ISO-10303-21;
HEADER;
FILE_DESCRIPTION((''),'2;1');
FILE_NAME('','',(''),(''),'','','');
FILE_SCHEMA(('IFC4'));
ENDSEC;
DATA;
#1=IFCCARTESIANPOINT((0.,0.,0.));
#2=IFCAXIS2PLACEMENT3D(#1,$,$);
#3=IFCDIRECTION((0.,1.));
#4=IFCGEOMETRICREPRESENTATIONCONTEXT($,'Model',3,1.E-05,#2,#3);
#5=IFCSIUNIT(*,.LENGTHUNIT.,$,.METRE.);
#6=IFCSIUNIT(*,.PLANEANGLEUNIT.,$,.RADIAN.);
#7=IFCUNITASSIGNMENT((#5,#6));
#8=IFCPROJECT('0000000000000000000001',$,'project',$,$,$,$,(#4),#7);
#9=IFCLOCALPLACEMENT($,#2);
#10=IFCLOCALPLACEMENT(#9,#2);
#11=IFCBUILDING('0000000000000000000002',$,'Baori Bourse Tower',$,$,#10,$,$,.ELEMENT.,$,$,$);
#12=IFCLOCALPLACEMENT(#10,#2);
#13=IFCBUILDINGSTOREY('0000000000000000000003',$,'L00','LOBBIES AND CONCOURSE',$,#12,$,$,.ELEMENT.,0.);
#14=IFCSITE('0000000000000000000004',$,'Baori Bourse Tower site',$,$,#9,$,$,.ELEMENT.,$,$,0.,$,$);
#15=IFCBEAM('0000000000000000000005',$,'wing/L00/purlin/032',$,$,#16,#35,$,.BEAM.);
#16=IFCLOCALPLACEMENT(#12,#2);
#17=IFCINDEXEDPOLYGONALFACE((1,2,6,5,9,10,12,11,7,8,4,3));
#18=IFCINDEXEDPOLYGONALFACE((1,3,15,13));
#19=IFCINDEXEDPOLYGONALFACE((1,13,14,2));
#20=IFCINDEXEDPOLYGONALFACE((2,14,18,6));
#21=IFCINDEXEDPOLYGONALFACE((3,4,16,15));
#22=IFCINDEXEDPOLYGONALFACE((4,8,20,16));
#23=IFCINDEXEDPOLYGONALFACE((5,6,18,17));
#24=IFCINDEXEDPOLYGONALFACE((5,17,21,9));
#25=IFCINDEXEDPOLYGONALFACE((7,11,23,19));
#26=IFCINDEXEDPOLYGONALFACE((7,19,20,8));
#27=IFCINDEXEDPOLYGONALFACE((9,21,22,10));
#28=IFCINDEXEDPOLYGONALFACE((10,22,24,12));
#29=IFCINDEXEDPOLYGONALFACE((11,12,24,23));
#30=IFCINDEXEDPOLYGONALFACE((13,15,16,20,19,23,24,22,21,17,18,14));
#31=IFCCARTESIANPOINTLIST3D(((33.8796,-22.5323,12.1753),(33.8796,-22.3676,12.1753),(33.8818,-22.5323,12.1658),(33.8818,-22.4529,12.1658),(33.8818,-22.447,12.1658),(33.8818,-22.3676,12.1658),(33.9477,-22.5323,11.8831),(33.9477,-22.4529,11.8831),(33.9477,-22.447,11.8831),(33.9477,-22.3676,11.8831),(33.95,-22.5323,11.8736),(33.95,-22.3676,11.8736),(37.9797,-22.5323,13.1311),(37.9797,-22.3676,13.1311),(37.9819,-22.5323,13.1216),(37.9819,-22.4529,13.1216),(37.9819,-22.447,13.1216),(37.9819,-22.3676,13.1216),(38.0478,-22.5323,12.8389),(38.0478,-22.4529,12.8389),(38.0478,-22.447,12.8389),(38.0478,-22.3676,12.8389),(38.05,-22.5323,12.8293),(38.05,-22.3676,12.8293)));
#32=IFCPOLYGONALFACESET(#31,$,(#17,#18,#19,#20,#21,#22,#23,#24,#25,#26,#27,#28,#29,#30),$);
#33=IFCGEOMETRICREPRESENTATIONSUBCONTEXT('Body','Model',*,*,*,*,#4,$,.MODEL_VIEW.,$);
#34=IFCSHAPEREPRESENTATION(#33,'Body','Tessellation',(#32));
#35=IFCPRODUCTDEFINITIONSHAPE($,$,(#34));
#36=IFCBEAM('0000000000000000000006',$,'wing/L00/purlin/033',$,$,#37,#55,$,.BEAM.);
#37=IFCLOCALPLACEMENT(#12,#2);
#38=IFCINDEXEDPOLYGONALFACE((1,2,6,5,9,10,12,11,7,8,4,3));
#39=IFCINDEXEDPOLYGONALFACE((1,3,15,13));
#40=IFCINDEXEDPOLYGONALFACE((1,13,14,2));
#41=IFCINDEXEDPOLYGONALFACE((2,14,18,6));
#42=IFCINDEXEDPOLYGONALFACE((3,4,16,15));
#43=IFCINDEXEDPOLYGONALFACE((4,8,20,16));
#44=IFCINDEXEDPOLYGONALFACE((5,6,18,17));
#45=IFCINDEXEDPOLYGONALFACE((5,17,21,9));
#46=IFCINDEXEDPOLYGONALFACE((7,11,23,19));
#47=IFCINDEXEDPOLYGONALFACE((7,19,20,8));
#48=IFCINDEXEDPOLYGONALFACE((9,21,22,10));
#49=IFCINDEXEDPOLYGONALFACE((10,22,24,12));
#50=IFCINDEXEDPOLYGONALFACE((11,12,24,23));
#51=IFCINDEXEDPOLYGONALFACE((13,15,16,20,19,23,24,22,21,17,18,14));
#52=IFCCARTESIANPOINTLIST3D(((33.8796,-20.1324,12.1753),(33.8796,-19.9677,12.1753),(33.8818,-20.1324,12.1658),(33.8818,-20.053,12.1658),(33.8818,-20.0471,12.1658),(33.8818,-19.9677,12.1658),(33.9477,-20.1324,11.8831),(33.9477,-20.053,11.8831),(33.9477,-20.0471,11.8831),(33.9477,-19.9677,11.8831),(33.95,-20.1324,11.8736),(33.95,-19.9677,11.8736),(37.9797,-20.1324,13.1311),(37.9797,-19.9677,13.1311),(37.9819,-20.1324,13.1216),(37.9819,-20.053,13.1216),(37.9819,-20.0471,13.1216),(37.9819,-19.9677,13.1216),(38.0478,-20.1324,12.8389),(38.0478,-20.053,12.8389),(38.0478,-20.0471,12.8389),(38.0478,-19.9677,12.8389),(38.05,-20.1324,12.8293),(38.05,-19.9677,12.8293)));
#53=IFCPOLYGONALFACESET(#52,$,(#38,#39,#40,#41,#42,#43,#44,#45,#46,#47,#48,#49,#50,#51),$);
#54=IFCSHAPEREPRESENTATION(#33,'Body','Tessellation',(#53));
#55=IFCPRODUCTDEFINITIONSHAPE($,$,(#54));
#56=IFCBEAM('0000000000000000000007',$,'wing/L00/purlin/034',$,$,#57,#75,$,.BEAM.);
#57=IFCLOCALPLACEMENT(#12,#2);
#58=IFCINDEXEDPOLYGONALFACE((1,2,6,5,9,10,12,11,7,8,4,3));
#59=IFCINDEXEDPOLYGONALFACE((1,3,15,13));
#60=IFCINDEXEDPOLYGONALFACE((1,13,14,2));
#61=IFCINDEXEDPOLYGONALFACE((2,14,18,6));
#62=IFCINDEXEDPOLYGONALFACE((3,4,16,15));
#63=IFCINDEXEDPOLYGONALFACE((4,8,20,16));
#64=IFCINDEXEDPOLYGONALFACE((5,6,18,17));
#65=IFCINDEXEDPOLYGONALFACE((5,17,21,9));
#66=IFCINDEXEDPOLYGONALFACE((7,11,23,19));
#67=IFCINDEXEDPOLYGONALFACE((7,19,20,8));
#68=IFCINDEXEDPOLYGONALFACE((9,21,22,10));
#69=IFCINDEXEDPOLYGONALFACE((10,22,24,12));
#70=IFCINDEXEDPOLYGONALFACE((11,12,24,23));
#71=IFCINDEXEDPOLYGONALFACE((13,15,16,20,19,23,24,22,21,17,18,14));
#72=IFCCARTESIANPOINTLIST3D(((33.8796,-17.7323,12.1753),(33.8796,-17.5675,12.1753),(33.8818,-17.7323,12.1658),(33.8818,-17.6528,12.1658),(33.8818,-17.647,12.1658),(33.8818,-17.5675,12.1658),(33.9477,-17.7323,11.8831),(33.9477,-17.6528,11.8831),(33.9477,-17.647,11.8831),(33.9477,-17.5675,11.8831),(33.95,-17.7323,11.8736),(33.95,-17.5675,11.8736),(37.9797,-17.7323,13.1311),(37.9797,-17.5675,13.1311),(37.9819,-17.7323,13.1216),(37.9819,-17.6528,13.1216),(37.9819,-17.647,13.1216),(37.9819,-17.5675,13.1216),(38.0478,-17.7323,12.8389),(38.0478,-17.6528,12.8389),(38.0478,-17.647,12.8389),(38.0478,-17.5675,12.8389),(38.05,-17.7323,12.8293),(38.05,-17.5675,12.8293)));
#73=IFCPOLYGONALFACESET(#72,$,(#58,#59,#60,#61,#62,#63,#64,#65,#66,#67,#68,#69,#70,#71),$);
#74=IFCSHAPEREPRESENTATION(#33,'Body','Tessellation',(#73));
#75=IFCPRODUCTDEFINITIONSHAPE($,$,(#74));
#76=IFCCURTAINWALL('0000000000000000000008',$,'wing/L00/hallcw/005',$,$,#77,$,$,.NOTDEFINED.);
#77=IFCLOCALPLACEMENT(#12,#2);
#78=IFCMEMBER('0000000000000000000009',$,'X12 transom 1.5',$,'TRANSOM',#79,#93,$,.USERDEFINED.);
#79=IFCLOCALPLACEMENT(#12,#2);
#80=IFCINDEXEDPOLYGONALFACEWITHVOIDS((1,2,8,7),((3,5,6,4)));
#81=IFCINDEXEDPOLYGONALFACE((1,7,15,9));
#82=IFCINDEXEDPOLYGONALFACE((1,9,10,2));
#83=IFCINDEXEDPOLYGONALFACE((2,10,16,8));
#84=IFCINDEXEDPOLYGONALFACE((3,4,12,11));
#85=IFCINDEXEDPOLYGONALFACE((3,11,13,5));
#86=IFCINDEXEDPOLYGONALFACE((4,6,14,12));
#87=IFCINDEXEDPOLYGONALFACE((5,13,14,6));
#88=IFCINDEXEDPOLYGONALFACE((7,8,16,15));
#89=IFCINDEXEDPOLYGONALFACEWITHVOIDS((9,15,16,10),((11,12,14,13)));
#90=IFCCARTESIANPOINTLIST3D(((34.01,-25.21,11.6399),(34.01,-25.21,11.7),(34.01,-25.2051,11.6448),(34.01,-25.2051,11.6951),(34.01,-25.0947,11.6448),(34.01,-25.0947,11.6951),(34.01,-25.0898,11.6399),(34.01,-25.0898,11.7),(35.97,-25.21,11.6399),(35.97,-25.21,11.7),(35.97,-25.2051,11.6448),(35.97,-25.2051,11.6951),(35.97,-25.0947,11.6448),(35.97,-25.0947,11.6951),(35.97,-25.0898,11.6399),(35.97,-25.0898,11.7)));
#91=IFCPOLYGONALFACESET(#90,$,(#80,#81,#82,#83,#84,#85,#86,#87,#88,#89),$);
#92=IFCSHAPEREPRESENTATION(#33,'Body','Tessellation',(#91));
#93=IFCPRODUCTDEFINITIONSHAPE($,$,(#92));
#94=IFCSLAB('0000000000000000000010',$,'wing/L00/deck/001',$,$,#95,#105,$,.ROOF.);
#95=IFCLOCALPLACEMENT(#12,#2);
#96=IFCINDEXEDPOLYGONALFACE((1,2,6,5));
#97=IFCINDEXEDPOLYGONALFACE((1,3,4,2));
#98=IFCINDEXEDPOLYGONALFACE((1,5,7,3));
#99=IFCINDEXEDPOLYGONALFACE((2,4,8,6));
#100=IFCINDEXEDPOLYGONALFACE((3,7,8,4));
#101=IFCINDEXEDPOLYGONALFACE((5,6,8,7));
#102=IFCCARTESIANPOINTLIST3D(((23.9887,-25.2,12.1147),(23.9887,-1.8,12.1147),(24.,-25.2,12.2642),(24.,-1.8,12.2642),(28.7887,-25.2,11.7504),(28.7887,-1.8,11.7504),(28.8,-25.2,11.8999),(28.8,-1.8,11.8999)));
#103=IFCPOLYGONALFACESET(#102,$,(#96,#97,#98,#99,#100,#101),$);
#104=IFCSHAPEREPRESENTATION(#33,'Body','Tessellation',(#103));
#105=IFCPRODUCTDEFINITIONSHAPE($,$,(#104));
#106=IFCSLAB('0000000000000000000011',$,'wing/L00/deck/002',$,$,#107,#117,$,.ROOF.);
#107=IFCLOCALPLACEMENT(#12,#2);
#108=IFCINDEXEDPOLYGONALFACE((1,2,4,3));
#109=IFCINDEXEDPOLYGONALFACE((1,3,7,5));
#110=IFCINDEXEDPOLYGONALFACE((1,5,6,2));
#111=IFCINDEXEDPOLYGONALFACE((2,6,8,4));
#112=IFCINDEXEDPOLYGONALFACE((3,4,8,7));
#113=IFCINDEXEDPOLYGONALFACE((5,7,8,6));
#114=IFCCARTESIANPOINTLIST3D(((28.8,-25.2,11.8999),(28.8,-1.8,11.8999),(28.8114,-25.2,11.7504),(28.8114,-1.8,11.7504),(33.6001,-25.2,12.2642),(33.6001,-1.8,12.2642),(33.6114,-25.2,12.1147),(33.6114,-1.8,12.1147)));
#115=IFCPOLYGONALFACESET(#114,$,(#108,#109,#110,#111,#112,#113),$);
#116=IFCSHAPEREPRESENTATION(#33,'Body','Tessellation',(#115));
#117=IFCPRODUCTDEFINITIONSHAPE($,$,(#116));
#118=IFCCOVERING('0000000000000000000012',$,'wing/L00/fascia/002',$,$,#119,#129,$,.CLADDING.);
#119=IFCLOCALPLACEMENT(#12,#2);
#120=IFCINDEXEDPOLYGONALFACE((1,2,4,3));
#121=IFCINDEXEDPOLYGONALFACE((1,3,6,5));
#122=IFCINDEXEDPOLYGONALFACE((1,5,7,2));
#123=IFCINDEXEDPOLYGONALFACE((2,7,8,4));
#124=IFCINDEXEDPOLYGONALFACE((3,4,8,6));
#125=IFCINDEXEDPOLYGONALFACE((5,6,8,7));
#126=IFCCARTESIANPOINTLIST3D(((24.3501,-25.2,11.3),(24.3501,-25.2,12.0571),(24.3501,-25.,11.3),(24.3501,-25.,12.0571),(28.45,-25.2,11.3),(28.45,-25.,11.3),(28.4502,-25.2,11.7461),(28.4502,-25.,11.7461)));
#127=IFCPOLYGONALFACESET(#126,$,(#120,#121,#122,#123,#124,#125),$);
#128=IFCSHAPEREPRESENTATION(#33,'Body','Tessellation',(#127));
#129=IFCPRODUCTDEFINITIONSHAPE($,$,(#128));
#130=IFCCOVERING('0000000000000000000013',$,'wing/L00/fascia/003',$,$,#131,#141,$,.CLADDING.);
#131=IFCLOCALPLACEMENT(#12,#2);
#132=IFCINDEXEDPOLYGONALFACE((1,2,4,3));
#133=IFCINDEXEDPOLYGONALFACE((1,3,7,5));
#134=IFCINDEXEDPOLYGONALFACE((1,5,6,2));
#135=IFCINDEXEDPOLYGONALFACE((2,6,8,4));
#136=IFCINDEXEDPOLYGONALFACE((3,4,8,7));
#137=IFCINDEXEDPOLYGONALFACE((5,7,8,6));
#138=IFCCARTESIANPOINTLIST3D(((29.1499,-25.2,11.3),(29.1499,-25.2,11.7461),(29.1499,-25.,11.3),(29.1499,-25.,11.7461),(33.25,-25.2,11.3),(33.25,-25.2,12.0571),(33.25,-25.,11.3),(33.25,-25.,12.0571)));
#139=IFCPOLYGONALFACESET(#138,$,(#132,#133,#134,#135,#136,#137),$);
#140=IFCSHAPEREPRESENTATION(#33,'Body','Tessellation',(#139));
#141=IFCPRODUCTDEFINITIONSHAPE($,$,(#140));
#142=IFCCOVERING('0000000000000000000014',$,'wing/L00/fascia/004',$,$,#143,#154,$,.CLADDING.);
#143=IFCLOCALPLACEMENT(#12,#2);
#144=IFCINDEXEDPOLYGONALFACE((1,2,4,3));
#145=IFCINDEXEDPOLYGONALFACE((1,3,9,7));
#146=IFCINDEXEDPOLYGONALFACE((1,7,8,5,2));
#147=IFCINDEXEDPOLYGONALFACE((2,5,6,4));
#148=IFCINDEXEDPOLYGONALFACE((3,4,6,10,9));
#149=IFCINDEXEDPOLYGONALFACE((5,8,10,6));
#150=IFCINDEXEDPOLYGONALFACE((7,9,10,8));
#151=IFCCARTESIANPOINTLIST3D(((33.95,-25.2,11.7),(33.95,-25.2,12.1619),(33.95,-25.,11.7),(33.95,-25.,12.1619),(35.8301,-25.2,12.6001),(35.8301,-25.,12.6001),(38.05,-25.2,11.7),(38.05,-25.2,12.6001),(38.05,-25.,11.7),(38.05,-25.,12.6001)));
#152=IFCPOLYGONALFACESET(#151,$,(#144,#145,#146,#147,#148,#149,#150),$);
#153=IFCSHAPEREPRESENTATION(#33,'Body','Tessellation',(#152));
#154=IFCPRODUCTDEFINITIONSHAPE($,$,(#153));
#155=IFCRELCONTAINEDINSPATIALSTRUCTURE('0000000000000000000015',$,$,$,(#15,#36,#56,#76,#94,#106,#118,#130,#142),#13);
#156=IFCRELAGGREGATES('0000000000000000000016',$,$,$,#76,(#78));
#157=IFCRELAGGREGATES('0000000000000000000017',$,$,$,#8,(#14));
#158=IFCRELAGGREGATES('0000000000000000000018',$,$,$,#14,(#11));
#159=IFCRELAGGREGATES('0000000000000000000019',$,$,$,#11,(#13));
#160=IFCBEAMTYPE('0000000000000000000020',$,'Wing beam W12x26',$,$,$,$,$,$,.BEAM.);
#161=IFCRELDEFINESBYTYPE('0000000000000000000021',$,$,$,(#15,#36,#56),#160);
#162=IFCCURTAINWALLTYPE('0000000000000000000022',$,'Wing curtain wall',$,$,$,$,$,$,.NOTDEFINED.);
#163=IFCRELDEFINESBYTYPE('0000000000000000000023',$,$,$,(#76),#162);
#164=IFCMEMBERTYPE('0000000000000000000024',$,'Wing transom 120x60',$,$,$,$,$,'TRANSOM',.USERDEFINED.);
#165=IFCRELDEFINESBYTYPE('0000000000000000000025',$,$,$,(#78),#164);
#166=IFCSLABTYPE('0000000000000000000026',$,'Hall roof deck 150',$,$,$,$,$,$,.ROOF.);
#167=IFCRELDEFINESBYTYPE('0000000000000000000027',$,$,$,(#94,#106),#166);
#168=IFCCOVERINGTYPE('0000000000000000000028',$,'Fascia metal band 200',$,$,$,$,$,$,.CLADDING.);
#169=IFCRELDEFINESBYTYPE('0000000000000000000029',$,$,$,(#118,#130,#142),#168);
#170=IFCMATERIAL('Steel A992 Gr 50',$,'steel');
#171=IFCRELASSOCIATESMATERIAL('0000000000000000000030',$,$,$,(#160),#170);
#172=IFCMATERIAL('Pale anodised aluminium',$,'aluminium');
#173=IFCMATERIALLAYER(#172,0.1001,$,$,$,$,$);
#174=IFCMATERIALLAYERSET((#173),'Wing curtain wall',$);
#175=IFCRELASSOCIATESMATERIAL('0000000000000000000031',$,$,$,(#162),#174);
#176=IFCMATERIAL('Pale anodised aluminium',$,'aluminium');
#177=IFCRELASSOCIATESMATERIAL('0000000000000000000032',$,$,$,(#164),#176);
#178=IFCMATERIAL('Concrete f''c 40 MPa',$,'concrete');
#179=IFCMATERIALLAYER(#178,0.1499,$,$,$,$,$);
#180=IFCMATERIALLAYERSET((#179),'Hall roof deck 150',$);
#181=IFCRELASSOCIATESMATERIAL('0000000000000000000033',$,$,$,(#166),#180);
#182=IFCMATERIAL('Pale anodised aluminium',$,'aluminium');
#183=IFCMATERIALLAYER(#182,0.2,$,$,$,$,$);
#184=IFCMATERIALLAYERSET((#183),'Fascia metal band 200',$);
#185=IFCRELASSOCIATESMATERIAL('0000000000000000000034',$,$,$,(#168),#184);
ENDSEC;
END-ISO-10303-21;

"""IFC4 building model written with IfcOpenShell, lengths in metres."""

from ifc_helpers import new_model, si_unit, direction, frame, origin, origin_2d, place, context, subcontext, project, spatial, polyline, hollow_rectangle, i_section, outline, extrude, material, layer, layer_set, material_profile, profile_set, type_object, element, aggregate, save


model = new_model("IFC4")

# Units and contexts
model_context = context("Model", 3, precision=1e-05, world=origin(), true_north=direction((0.0, 1.0)))
body_context = subcontext(model_context, "Body", "Model", "MODEL_VIEW")
ifc_project = project(units=[si_unit("LENGTHUNIT", "METRE"), si_unit("PLANEANGLEUNIT", "RADIAN")], contexts=[model_context])

# Site, building, storey
site_placement = place(None, origin())
site = spatial("IfcSite", under=ifc_project, at=site_placement, Name="Baori Bourse Tower site", CompositionType="ELEMENT", RefElevation=0.0)
building_placement = place(site_placement, origin())
building = spatial("IfcBuilding", under=site, at=building_placement, Name="Baori Bourse Tower", CompositionType="ELEMENT")
storey_placement = place(building_placement, origin())
storey = spatial("IfcBuildingStorey", under=building, at=storey_placement, Name="L00", Description="LOBBIES AND CONCOURSE", CompositionType="ELEMENT", Elevation=0.0)

# Beams
ifc_material_1 = material(Name="Steel A992 Gr 50", Category="steel")
ifc_material_profile_1 = material_profile(ifc_material_1, i_section(OverallWidth=0.1648, OverallDepth=0.3098, WebThickness=0.0059, FlangeThickness=0.0098, at=origin_2d()), Name="W12x26")
ifc_profile_set_1 = profile_set([ifc_material_profile_1], Name="Steel A992 Gr 50")
beam_type_1 = type_object("IfcBeamType", Name="Wing beam W12x26", PredefinedType="BEAM", material=ifc_profile_set_1)
for number, where, z_axis, x_axis, name in (
    (1, (33.9148, -22.45, 12.0244), (0.973887, 0.0, 0.227032), (0.0, 1.0, 0.0), "wing/L00/purlin/032"),
    (2, (33.9148, -20.05, 12.0244), (0.973887, 0.0, 0.227032), (0.0, 1.0, 0.0), "wing/L00/purlin/033"),
    (3, (33.9148, -17.6499, 12.0244), (0.973887, 0.0, 0.227032), (0.0, 1.0, 0.0), "wing/L00/purlin/034"),
):
    element("IfcBeam", number, at=place(storey_placement, frame(where, z_axis=z_axis, x_axis=x_axis)), inside=storey, type_object=beam_type_1, Name=name, PredefinedType="BEAM", context=body_context, shape_type="SweptSolid", body=[
        extrude(i_section(OverallWidth=0.1648, OverallDepth=0.3098, WebThickness=0.0059, FlangeThickness=0.0098, at=origin_2d()), origin(), (0.0, 0.0, 1.0), 4.21),
    ])

# Curtain wall, member
ifc_material_2 = material(Name="Pale anodised aluminium", Category="aluminium")
ifc_layer_1 = layer(ifc_material_2, 0.1001)
ifc_layer_set_1 = layer_set([ifc_layer_1], Name="Wing curtain wall")
curtain_wall_type = type_object("IfcCurtainWallType", Name="Wing curtain wall", PredefinedType="NOTDEFINED", material=ifc_layer_set_1)
curtain_wall_placement = place(storey_placement, origin())
curtain_wall = element("IfcCurtainWall", 4, at=curtain_wall_placement, inside=storey, type_object=curtain_wall_type, Name="wing/L00/hallcw/005", PredefinedType="NOTDEFINED")
ifc_material_3 = material(Name="Pale anodised aluminium", Category="aluminium")
ifc_material_profile_2 = material_profile(ifc_material_3, hollow_rectangle(XDim=0.1201, YDim=0.0601, WallThickness=0.0049, at=origin_2d()), Name="Transom 120x60x5")
ifc_profile_set_2 = profile_set([ifc_material_profile_2], Name="Pale anodised aluminium")
member_type = type_object("IfcMemberType", Name="Wing transom 120x60", ElementType="TRANSOM", PredefinedType="USERDEFINED", material=ifc_profile_set_2)
member_placement = place(storey_placement, frame((34.01, -25.1499, 11.6699), z_axis=(1.0, 0.0, 0.0), x_axis=(0.0, 1.0, 0.0)))
member = element("IfcMember", 5, at=member_placement, type_object=member_type, Name="X12 transom 1.5", ObjectType="TRANSOM", PredefinedType="USERDEFINED", context=body_context, shape_type="SweptSolid", body=[
    extrude(hollow_rectangle(XDim=0.1201, YDim=0.0601, WallThickness=0.0049, at=origin_2d()), origin(), (0.0, 0.0, 1.0), 1.96),
])
aggregate(curtain_wall, [member])

# Slabs
ifc_material_4 = material(Name="Concrete f'c 40 MPa", Category="concrete")
ifc_layer_2 = layer(ifc_material_4, 0.1499)
ifc_layer_set_2 = layer_set([ifc_layer_2], Name="Hall roof deck 150")
slab_type = type_object("IfcSlabType", Name="Hall roof deck 150", PredefinedType="ROOF", material=ifc_layer_set_2)
for number, where, z_axis, x_axis, name in (
    (6, (24.0, -25.2, 12.2642), (0.075669, 0.0, 0.997133), (0.997133, 0.0, -0.075669), "wing/L00/deck/001"),
    (7, (28.8, -25.2, 11.8999), (-0.075669, 0.0, 0.997133), (0.997133, 0.0, 0.075669), "wing/L00/deck/002"),
):
    element("IfcSlab", number, at=place(storey_placement, frame(where, z_axis=z_axis, x_axis=x_axis)), inside=storey, type_object=slab_type, Name=name, PredefinedType="ROOF", context=body_context, shape_type="SweptSolid", body=[
        extrude(outline(polyline([(0.0, 0.0), (4.8139, 0.0), (4.8139, 23.3999), (0.0, 23.3999), (0.0, 0.0)])), origin(), (0.0, 0.0, -1.0), 0.1499),
    ])

# Coverings
ifc_material_5 = material(Name="Pale anodised aluminium", Category="aluminium")
ifc_layer_3 = layer(ifc_material_5, 0.2)
ifc_layer_set_3 = layer_set([ifc_layer_3], Name="Fascia metal band 200")
covering_type = type_object("IfcCoveringType", Name="Fascia metal band 200", PredefinedType="CLADDING", material=ifc_layer_set_3)
covering_1_placement = place(storey_placement, frame((24.3501, -25.1001, 11.3), z_axis=(0.0, 0.0, 1.0), x_axis=(1.0, 0.0, 0.0)))
element("IfcCovering", 8, at=covering_1_placement, inside=storey, type_object=covering_type, Name="wing/L00/fascia/002", PredefinedType="CLADDING", context=body_context, shape_type="SweptSolid", body=[
    extrude(outline(polyline([(0.0, 0.0), (4.0999, 0.0), (4.1001, 0.446), (0.0, 0.7571), (0.0, 0.0)])), frame((0.0, 0.1001, 0.0), z_axis=(0.0, -1.0, 0.0), x_axis=(1.0, 0.0, 0.0)), (0.0, 0.0, 1.0), 0.2),
])
covering_2_placement = place(storey_placement, frame((29.1499, -25.1001, 11.3), z_axis=(0.0, 0.0, 1.0), x_axis=(1.0, 0.0, 0.0)))
element("IfcCovering", 9, at=covering_2_placement, inside=storey, type_object=covering_type, Name="wing/L00/fascia/003", PredefinedType="CLADDING", context=body_context, shape_type="SweptSolid", body=[
    extrude(outline(polyline([(0.0, 0.0), (4.1001, 0.0), (4.1001, 0.7571), (0.0, 0.446), (0.0, 0.0)])), frame((0.0, 0.1001, 0.0), z_axis=(0.0, -1.0, 0.0), x_axis=(1.0, 0.0, 0.0)), (0.0, 0.0, 1.0), 0.2),
])
covering_3_placement = place(storey_placement, frame((33.95, -25.1001, 11.7), z_axis=(0.0, 0.0, 1.0), x_axis=(1.0, 0.0, 0.0)))
element("IfcCovering", 10, at=covering_3_placement, inside=storey, type_object=covering_type, Name="wing/L00/fascia/004", PredefinedType="CLADDING", context=body_context, shape_type="SweptSolid", body=[
    extrude(outline(polyline([(0.0, 0.0), (4.1001, 0.0), (4.1001, 0.9001), (1.8801, 0.9001), (0.0, 0.4619), (0.0, 0.0)])), frame((0.0, 0.1001, 0.0), z_axis=(0.0, -1.0, 0.0), x_axis=(1.0, 0.0, 0.0)), (0.0, 0.0, 1.0), 0.2),
])

save(model, "model.ifc")
